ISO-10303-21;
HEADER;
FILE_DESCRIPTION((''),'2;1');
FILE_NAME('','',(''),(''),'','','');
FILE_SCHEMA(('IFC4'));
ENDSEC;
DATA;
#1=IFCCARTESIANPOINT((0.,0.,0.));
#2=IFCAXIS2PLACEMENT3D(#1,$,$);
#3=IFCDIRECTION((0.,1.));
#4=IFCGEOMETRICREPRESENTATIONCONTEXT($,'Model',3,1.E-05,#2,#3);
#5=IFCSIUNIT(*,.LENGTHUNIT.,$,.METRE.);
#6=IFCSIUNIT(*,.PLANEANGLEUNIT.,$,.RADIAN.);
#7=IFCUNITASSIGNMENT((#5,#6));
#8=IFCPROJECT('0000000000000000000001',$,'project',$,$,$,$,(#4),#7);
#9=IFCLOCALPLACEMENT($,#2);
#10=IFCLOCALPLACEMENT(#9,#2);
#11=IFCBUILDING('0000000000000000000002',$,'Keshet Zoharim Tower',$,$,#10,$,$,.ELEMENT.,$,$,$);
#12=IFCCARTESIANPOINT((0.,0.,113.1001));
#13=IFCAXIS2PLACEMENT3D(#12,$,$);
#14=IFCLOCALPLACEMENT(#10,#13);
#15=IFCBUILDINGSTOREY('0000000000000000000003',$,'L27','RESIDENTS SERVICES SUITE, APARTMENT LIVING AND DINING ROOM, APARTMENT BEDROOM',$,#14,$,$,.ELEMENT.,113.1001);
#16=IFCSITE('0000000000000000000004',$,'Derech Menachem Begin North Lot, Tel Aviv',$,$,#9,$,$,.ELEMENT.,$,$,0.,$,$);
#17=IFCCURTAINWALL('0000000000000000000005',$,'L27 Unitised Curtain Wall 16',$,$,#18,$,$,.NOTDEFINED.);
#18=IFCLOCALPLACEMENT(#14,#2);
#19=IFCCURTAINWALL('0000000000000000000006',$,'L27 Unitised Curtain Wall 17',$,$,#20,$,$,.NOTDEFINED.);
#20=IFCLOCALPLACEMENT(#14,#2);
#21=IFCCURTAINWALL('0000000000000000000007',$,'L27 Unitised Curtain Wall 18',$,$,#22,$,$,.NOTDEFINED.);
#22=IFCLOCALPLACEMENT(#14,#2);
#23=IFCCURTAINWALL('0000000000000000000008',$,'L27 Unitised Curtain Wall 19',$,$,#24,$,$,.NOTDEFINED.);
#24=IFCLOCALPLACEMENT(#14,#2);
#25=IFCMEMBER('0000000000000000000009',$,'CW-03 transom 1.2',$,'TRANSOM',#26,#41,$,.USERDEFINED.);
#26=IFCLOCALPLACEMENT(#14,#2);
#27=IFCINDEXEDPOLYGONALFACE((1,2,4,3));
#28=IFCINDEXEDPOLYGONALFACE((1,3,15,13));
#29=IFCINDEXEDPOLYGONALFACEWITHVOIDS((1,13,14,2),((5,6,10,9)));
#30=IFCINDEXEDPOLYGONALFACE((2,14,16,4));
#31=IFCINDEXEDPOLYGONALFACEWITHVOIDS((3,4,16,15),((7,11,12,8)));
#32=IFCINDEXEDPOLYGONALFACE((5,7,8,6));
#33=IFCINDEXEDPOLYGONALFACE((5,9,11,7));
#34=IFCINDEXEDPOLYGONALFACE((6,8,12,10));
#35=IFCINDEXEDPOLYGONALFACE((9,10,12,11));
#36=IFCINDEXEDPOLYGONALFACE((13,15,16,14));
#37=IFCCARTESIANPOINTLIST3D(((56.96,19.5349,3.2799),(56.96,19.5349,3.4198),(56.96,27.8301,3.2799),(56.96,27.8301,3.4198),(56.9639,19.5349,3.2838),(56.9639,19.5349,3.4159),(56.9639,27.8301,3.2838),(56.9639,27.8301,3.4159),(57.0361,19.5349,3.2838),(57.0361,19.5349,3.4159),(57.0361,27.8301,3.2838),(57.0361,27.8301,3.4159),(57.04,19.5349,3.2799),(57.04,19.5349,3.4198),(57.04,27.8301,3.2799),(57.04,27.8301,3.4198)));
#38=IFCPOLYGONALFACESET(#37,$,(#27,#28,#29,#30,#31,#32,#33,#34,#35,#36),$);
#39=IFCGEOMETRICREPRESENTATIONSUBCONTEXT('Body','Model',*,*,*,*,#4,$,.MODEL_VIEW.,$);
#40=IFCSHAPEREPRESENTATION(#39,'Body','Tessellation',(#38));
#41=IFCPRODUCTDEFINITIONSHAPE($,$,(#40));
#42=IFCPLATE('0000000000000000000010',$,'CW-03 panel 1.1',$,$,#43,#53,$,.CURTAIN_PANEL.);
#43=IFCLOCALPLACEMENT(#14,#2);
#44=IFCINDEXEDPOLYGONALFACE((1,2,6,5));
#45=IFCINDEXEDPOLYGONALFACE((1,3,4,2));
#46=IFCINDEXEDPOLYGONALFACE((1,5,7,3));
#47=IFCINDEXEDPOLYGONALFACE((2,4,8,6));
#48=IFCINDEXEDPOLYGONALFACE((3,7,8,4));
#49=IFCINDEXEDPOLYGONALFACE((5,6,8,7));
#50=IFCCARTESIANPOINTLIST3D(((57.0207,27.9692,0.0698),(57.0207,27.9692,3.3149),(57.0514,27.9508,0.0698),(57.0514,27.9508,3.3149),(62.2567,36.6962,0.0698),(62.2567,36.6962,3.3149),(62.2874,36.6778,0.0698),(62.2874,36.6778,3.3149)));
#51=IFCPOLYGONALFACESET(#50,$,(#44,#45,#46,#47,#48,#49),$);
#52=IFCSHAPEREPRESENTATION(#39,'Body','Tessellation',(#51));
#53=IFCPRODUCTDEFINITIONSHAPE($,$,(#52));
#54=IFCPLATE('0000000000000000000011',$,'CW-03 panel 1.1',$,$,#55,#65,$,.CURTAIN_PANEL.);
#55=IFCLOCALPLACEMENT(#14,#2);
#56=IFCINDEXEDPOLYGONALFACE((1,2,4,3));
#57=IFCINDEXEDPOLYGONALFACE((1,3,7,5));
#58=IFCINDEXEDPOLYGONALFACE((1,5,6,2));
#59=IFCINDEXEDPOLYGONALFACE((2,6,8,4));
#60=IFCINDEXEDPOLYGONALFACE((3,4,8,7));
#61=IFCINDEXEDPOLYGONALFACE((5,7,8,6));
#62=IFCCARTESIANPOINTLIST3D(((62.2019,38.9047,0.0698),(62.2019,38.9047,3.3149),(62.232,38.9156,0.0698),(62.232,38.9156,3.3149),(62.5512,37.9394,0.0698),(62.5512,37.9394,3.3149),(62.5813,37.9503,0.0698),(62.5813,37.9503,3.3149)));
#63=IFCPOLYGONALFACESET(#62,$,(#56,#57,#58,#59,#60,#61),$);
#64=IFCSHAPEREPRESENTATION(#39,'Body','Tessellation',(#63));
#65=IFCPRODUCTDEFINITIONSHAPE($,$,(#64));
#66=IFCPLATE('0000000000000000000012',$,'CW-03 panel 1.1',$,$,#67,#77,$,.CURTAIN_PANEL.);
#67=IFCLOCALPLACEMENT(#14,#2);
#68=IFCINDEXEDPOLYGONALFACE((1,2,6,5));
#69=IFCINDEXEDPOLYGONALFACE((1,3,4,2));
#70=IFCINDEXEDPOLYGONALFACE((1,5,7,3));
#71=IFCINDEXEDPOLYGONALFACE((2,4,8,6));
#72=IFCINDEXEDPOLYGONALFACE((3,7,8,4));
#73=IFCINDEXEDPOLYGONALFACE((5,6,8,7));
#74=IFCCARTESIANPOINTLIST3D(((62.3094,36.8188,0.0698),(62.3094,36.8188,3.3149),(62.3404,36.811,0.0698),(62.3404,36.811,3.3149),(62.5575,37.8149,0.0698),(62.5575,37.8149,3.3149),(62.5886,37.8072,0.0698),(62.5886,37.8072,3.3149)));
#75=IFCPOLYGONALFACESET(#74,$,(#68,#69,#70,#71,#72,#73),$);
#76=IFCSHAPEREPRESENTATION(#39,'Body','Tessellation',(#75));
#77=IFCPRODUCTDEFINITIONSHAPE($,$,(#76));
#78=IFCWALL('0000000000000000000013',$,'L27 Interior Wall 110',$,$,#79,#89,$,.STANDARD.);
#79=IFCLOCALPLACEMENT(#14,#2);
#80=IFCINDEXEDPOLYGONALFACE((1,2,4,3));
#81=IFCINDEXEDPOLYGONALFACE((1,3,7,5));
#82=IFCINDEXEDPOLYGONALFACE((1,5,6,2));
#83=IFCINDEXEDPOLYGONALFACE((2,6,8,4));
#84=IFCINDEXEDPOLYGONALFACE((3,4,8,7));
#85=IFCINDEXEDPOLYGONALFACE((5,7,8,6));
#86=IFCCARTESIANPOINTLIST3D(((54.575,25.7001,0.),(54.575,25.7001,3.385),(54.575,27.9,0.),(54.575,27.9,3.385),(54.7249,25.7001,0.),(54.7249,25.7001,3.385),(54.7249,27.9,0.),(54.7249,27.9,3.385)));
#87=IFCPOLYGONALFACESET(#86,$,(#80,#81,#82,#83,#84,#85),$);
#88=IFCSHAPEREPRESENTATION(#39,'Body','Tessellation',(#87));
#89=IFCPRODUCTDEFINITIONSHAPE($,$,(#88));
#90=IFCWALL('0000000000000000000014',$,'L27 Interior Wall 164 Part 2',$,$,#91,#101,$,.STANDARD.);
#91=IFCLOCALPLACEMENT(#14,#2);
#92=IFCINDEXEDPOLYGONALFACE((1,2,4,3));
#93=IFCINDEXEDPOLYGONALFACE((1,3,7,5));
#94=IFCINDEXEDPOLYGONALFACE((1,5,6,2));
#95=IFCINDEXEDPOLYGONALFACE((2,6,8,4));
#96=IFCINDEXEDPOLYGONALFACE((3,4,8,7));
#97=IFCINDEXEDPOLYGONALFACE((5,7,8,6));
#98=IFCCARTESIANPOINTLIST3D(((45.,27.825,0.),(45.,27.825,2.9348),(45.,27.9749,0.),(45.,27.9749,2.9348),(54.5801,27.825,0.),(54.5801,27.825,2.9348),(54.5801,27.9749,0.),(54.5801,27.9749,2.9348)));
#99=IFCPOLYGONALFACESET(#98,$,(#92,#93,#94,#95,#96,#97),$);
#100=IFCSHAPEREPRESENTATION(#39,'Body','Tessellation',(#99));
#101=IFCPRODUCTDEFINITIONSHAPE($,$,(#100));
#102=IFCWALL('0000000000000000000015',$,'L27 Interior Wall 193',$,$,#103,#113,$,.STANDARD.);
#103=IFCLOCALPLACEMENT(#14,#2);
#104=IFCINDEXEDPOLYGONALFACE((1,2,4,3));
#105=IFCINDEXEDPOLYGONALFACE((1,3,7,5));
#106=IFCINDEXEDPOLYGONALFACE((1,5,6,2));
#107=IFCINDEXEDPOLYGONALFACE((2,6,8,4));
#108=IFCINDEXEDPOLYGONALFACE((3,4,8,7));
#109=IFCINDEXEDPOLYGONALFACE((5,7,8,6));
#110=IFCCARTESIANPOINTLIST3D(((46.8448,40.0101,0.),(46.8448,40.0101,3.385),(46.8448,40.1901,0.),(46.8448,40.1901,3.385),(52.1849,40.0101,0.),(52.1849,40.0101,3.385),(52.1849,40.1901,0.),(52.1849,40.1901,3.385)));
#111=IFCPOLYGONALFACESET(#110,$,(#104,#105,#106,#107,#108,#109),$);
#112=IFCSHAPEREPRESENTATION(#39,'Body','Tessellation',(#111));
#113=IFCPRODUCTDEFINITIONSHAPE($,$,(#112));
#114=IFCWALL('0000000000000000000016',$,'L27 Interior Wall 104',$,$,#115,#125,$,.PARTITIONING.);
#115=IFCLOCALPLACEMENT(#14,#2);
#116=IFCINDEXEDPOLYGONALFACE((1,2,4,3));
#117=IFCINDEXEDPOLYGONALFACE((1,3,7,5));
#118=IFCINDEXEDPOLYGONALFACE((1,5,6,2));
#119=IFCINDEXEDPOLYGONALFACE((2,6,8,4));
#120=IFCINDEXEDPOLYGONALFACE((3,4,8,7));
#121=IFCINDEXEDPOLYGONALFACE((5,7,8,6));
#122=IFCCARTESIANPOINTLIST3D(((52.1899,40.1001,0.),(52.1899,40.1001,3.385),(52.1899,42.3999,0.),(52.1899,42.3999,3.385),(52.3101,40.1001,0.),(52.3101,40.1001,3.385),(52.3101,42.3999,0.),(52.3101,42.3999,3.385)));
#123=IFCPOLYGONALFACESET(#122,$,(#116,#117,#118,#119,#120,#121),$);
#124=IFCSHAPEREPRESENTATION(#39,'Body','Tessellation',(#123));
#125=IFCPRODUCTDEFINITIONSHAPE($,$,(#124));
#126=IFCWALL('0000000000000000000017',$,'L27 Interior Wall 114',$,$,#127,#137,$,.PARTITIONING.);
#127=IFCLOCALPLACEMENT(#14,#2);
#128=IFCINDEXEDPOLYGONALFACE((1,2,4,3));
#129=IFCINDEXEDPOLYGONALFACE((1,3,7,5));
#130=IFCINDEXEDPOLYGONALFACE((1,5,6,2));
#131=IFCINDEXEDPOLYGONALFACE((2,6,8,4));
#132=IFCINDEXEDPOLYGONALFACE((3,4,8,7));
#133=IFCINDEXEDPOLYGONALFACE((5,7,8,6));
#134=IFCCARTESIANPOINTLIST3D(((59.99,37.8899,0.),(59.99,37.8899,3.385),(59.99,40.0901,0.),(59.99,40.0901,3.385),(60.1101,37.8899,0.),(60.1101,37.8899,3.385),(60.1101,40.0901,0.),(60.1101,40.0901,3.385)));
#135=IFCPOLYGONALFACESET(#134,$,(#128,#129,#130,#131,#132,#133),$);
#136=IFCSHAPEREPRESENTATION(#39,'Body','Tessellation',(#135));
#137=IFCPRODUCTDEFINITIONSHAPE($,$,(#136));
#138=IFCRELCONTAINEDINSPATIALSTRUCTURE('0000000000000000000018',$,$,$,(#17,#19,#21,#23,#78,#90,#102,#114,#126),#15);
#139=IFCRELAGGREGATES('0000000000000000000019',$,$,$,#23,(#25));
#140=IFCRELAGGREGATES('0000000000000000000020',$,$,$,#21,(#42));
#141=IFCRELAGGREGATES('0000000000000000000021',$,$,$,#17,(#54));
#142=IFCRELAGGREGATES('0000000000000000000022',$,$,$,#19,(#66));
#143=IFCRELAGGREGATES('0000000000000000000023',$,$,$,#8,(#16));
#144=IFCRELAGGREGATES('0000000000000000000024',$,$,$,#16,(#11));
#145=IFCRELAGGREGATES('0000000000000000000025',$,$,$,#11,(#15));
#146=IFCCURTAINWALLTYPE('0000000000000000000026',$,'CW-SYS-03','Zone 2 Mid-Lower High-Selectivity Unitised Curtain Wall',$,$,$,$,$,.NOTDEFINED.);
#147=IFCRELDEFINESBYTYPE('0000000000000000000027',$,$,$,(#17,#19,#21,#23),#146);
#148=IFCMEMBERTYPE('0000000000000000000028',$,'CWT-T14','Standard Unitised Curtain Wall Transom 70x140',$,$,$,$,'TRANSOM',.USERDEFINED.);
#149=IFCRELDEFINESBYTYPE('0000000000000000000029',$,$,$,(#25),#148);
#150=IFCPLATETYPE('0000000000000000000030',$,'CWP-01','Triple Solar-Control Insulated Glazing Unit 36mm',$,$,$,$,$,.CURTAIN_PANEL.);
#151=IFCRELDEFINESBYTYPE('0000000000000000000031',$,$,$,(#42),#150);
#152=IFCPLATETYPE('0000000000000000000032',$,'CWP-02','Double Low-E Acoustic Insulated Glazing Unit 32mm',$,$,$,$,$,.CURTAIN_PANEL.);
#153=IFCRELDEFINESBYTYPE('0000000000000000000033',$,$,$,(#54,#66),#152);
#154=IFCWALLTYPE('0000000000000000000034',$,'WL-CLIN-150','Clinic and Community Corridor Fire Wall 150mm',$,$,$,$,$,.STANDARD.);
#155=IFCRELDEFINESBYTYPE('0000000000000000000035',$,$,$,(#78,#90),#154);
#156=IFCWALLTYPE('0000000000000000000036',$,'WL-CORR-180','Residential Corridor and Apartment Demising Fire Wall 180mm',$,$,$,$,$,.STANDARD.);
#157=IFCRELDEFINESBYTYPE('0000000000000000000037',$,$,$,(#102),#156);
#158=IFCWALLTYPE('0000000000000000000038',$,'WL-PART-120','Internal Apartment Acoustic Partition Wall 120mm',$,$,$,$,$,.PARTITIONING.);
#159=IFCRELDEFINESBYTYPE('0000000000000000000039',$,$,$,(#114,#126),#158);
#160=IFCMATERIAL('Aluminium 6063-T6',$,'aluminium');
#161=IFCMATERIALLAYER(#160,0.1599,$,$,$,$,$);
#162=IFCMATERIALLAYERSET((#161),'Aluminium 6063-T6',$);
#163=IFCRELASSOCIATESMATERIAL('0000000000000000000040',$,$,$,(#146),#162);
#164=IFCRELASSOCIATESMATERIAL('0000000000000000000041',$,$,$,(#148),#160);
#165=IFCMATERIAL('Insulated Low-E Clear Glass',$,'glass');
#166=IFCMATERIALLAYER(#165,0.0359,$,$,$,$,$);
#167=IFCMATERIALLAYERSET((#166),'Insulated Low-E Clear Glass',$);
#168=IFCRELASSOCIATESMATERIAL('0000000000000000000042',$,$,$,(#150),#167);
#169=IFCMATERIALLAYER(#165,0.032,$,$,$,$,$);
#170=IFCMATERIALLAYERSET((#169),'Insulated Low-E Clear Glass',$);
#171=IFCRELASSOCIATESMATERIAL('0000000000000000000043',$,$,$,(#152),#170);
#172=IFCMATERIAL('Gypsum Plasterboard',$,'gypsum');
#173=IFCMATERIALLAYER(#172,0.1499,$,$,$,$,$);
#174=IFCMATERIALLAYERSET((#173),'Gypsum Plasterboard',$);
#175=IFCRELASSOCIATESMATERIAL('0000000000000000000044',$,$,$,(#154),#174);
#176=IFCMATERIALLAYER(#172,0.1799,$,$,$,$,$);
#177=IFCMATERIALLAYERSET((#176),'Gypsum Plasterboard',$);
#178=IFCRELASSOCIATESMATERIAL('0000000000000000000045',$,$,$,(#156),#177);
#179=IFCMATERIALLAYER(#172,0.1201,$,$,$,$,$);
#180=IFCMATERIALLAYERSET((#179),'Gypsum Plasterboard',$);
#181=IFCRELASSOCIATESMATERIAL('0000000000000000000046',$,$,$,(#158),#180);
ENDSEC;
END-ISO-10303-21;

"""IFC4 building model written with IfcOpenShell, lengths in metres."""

from ifc_helpers import new_model, si_unit, direction, frame, frame_2d, origin, origin_2d, place, context, subcontext, project, spatial, rectangle, hollow_rectangle, extrude, material, layer, layer_set, material_profile, profile_set, type_object, element, aggregate, save


model = new_model("IFC4")

# Units and contexts
model_context = context("Model", 3, precision=1e-05, world=origin(), true_north=direction((0.0, 1.0)))
body_context = subcontext(model_context, "Body", "Model", "MODEL_VIEW")
ifc_project = project(units=[si_unit("LENGTHUNIT", "METRE"), si_unit("PLANEANGLEUNIT", "RADIAN")], contexts=[model_context])

# Site, building, storey
site_placement = place(None, origin())
site = spatial("IfcSite", under=ifc_project, at=site_placement, Name="Derech Menachem Begin North Lot, Tel Aviv", CompositionType="ELEMENT", RefElevation=0.0)
building_placement = place(site_placement, origin())
building = spatial("IfcBuilding", under=site, at=building_placement, Name="Keshet Zoharim Tower", CompositionType="ELEMENT")
storey_placement = place(building_placement, frame((0.0, 0.0, 113.1001)))
storey = spatial("IfcBuildingStorey", under=building, at=storey_placement, Name="L27", Description="RESIDENTS SERVICES SUITE, APARTMENT LIVING AND DINING ROOM, APARTMENT BEDROOM", CompositionType="ELEMENT", Elevation=113.1001)

# Shared definitions
ifc_material_1 = material(Name="Aluminium 6063-T6", Category="aluminium")
ifc_layer_1 = layer(ifc_material_1, 0.1599)
ifc_layer_set_1 = layer_set([ifc_layer_1], Name="Aluminium 6063-T6")
curtain_wall_type = type_object("IfcCurtainWallType", Name="CW-SYS-03", Description="Zone 2 Mid-Lower High-Selectivity Unitised Curtain Wall", PredefinedType="NOTDEFINED", material=ifc_layer_set_1)

# Curtain walls
curtain_wall_1_placement = place(storey_placement, origin())
curtain_wall_1 = element("IfcCurtainWall", 1, at=curtain_wall_1_placement, inside=storey, type_object=curtain_wall_type, Name="L27 Unitised Curtain Wall 16", PredefinedType="NOTDEFINED")
curtain_wall_2_placement = place(storey_placement, origin())
curtain_wall_2 = element("IfcCurtainWall", 2, at=curtain_wall_2_placement, inside=storey, type_object=curtain_wall_type, Name="L27 Unitised Curtain Wall 17", PredefinedType="NOTDEFINED")
curtain_wall_3_placement = place(storey_placement, origin())
curtain_wall_3 = element("IfcCurtainWall", 3, at=curtain_wall_3_placement, inside=storey, type_object=curtain_wall_type, Name="L27 Unitised Curtain Wall 18", PredefinedType="NOTDEFINED")

# Curtain wall
curtain_wall_4_placement = place(storey_placement, origin())
curtain_wall_4 = element("IfcCurtainWall", 4, at=curtain_wall_4_placement, inside=storey, type_object=curtain_wall_type, Name="L27 Unitised Curtain Wall 19", PredefinedType="NOTDEFINED")

# Member
ifc_material_profile_1 = material_profile(ifc_material_1, hollow_rectangle(XDim=0.0801, YDim=0.1399, WallThickness=0.0039, at=origin_2d()), Name="TRN-80x140")
ifc_profile_set_1 = profile_set([ifc_material_profile_1], Name="Aluminium 6063-T6")
member_type_1 = type_object("IfcMemberType", Name="CWT-T14", Description="Standard Unitised Curtain Wall Transom 70x140", ElementType="TRANSOM", PredefinedType="USERDEFINED", material=ifc_profile_set_1)
member_1_placement = place(storey_placement, frame((57.0, 27.8301, 3.3499), z_axis=(0.0, -1.0, 0.0), x_axis=(1.0, 0.0, 0.0)))
member_1 = element("IfcMember", 5, at=member_1_placement, type_object=member_type_1, Name="CW-03 transom 1.2", ObjectType="TRANSOM", PredefinedType="USERDEFINED", context=body_context, shape_type="SweptSolid", body=[
    extrude(hollow_rectangle(XDim=0.0801, YDim=0.1399, WallThickness=0.0039, at=origin_2d()), origin(), (0.0, 0.0, 1.0), 8.2952),
])
aggregate(curtain_wall_4, [member_1])

# Plates
ifc_material_2 = material(Name="Insulated Low-E Clear Glass", Category="glass")
ifc_layer_2 = layer(ifc_material_2, 0.0359)
ifc_layer_set_2 = layer_set([ifc_layer_2], Name="Insulated Low-E Clear Glass")
plate_type_1 = type_object("IfcPlateType", Name="CWP-01", Description="Triple Solar-Control Insulated Glazing Unit 36mm", PredefinedType="CURTAIN_PANEL", material=ifc_layer_set_2)
plate_1_placement = place(storey_placement, frame((59.6541, 32.3235, 0.0698), z_axis=(0.0, 0.0, 1.0), x_axis=(-0.514482, -0.857501, 0.0)))
plate_1 = element("IfcPlate", 6, at=plate_1_placement, type_object=plate_type_1, Name="CW-03 panel 1.1", PredefinedType="CURTAIN_PANEL", context=body_context, shape_type="SweptSolid", body=[
    extrude(rectangle(XDim=10.1772, YDim=0.0359, at=origin_2d()), origin(), (0.0, 0.0, 1.0), 3.2451),
])
aggregate(curtain_wall_3, [plate_1])
ifc_layer_3 = layer(ifc_material_2, 0.032)
ifc_layer_set_3 = layer_set([ifc_layer_3], Name="Insulated Low-E Clear Glass")
plate_type_2 = type_object("IfcPlateType", Name="CWP-02", Description="Double Low-E Acoustic Insulated Glazing Unit 32mm", PredefinedType="CURTAIN_PANEL", material=ifc_layer_set_3)
plate_2_placement = place(storey_placement, frame((62.3916, 38.4275, 0.0698), z_axis=(0.0, 0.0, 1.0), x_axis=(0.340297, -0.940318, 0.0)))
plate_2 = element("IfcPlate", 7, at=plate_2_placement, type_object=plate_type_2, Name="CW-03 panel 1.1", PredefinedType="CURTAIN_PANEL", context=body_context, shape_type="SweptSolid", body=[
    extrude(rectangle(XDim=1.0266, YDim=0.032, at=origin_2d()), origin(), (0.0, 0.0, 1.0), 3.2451),
])
aggregate(curtain_wall_1, [plate_2])
plate_3_placement = place(storey_placement, frame((62.449, 37.313, 0.0698), z_axis=(0.0, 0.0, 1.0), x_axis=(-0.241729, -0.970344, 0.0)))
plate_3 = element("IfcPlate", 8, at=plate_3_placement, type_object=plate_type_2, Name="CW-03 panel 1.1", PredefinedType="CURTAIN_PANEL", context=body_context, shape_type="SweptSolid", body=[
    extrude(rectangle(XDim=1.0266, YDim=0.032, at=origin_2d()), origin(), (0.0, 0.0, 1.0), 3.2451),
])
aggregate(curtain_wall_2, [plate_3])

# Walls
ifc_material_3 = material(Name="Gypsum Plasterboard", Category="gypsum")
ifc_layer_4 = layer(ifc_material_3, 0.1499)
ifc_layer_set_4 = layer_set([ifc_layer_4], Name="Gypsum Plasterboard")
wall_type_1 = type_object("IfcWallType", Name="WL-CLIN-150", Description="Clinic and Community Corridor Fire Wall 150mm", PredefinedType="STANDARD", material=ifc_layer_set_4)
wall_1_placement = place(storey_placement, frame((54.6499, 25.7, 0.0), z_axis=(0.0, 0.0, 1.0), x_axis=(0.0, 1.0, 0.0)))
element("IfcWall", 9, at=wall_1_placement, inside=storey, type_object=wall_type_1, Name="L27 Interior Wall 110", PredefinedType="STANDARD", context=body_context, shape_type="SweptSolid", body=[
    extrude(rectangle(XDim=2.2, YDim=0.1499, at=frame_2d((1.1001, 0.0))), origin(), (0.0, 0.0, 1.0), 3.385),
])
wall_2_placement = place(storey_placement, frame((45.0, 27.8999, 0.0), z_axis=(0.0, 0.0, 1.0), x_axis=(1.0, 0.0, 0.0)))
element("IfcWall", 10, at=wall_2_placement, inside=storey, type_object=wall_type_1, Name="L27 Interior Wall 164 Part 2", PredefinedType="STANDARD", context=body_context, shape_type="SweptSolid", body=[
    extrude(rectangle(XDim=9.5801, YDim=0.1499, at=frame_2d((4.79, 0.0))), origin(), (0.0, 0.0, 1.0), 2.9348),
])
ifc_layer_5 = layer(ifc_material_3, 0.1799)
ifc_layer_set_5 = layer_set([ifc_layer_5], Name="Gypsum Plasterboard")
wall_type_2 = type_object("IfcWallType", Name="WL-CORR-180", Description="Residential Corridor and Apartment Demising Fire Wall 180mm", PredefinedType="STANDARD", material=ifc_layer_set_5)
wall_3_placement = place(storey_placement, frame((46.845, 40.1001, 0.0), z_axis=(0.0, 0.0, 1.0), x_axis=(1.0, 0.0, 0.0)))
element("IfcWall", 11, at=wall_3_placement, inside=storey, type_object=wall_type_2, Name="L27 Interior Wall 193", PredefinedType="STANDARD", context=body_context, shape_type="SweptSolid", body=[
    extrude(rectangle(XDim=5.3401, YDim=0.1799, at=frame_2d((2.6699, 0.0))), origin(), (0.0, 0.0, 1.0), 3.385),
])

# Shared definitions
ifc_layer_6 = layer(ifc_material_3, 0.1201)
ifc_layer_set_6 = layer_set([ifc_layer_6], Name="Gypsum Plasterboard")
wall_type_3 = type_object("IfcWallType", Name="WL-PART-120", Description="Internal Apartment Acoustic Partition Wall 120mm", PredefinedType="PARTITIONING", material=ifc_layer_set_6)

# Walls
wall_4_placement = place(storey_placement, frame((52.25, 40.1001, 0.0), z_axis=(0.0, 0.0, 1.0), x_axis=(0.0, 1.0, 0.0)))
element("IfcWall", 12, at=wall_4_placement, inside=storey, type_object=wall_type_3, Name="L27 Interior Wall 104", PredefinedType="PARTITIONING", context=body_context, shape_type="SweptSolid", body=[
    extrude(rectangle(XDim=2.2998, YDim=0.1201, at=frame_2d((1.1499, 0.0))), origin(), (0.0, 0.0, 1.0), 3.385),
])
wall_5_placement = place(storey_placement, frame((60.05, 37.8899, 0.0), z_axis=(0.0, 0.0, 1.0), x_axis=(0.0, 1.0, 0.0)))
element("IfcWall", 13, at=wall_5_placement, inside=storey, type_object=wall_type_3, Name="L27 Interior Wall 114", PredefinedType="PARTITIONING", context=body_context, shape_type="SweptSolid", body=[
    extrude(rectangle(XDim=2.2002, YDim=0.1201, at=frame_2d((1.1001, 0.0))), origin(), (0.0, 0.0, 1.0), 3.385),
])

save(model, "model.ifc")
